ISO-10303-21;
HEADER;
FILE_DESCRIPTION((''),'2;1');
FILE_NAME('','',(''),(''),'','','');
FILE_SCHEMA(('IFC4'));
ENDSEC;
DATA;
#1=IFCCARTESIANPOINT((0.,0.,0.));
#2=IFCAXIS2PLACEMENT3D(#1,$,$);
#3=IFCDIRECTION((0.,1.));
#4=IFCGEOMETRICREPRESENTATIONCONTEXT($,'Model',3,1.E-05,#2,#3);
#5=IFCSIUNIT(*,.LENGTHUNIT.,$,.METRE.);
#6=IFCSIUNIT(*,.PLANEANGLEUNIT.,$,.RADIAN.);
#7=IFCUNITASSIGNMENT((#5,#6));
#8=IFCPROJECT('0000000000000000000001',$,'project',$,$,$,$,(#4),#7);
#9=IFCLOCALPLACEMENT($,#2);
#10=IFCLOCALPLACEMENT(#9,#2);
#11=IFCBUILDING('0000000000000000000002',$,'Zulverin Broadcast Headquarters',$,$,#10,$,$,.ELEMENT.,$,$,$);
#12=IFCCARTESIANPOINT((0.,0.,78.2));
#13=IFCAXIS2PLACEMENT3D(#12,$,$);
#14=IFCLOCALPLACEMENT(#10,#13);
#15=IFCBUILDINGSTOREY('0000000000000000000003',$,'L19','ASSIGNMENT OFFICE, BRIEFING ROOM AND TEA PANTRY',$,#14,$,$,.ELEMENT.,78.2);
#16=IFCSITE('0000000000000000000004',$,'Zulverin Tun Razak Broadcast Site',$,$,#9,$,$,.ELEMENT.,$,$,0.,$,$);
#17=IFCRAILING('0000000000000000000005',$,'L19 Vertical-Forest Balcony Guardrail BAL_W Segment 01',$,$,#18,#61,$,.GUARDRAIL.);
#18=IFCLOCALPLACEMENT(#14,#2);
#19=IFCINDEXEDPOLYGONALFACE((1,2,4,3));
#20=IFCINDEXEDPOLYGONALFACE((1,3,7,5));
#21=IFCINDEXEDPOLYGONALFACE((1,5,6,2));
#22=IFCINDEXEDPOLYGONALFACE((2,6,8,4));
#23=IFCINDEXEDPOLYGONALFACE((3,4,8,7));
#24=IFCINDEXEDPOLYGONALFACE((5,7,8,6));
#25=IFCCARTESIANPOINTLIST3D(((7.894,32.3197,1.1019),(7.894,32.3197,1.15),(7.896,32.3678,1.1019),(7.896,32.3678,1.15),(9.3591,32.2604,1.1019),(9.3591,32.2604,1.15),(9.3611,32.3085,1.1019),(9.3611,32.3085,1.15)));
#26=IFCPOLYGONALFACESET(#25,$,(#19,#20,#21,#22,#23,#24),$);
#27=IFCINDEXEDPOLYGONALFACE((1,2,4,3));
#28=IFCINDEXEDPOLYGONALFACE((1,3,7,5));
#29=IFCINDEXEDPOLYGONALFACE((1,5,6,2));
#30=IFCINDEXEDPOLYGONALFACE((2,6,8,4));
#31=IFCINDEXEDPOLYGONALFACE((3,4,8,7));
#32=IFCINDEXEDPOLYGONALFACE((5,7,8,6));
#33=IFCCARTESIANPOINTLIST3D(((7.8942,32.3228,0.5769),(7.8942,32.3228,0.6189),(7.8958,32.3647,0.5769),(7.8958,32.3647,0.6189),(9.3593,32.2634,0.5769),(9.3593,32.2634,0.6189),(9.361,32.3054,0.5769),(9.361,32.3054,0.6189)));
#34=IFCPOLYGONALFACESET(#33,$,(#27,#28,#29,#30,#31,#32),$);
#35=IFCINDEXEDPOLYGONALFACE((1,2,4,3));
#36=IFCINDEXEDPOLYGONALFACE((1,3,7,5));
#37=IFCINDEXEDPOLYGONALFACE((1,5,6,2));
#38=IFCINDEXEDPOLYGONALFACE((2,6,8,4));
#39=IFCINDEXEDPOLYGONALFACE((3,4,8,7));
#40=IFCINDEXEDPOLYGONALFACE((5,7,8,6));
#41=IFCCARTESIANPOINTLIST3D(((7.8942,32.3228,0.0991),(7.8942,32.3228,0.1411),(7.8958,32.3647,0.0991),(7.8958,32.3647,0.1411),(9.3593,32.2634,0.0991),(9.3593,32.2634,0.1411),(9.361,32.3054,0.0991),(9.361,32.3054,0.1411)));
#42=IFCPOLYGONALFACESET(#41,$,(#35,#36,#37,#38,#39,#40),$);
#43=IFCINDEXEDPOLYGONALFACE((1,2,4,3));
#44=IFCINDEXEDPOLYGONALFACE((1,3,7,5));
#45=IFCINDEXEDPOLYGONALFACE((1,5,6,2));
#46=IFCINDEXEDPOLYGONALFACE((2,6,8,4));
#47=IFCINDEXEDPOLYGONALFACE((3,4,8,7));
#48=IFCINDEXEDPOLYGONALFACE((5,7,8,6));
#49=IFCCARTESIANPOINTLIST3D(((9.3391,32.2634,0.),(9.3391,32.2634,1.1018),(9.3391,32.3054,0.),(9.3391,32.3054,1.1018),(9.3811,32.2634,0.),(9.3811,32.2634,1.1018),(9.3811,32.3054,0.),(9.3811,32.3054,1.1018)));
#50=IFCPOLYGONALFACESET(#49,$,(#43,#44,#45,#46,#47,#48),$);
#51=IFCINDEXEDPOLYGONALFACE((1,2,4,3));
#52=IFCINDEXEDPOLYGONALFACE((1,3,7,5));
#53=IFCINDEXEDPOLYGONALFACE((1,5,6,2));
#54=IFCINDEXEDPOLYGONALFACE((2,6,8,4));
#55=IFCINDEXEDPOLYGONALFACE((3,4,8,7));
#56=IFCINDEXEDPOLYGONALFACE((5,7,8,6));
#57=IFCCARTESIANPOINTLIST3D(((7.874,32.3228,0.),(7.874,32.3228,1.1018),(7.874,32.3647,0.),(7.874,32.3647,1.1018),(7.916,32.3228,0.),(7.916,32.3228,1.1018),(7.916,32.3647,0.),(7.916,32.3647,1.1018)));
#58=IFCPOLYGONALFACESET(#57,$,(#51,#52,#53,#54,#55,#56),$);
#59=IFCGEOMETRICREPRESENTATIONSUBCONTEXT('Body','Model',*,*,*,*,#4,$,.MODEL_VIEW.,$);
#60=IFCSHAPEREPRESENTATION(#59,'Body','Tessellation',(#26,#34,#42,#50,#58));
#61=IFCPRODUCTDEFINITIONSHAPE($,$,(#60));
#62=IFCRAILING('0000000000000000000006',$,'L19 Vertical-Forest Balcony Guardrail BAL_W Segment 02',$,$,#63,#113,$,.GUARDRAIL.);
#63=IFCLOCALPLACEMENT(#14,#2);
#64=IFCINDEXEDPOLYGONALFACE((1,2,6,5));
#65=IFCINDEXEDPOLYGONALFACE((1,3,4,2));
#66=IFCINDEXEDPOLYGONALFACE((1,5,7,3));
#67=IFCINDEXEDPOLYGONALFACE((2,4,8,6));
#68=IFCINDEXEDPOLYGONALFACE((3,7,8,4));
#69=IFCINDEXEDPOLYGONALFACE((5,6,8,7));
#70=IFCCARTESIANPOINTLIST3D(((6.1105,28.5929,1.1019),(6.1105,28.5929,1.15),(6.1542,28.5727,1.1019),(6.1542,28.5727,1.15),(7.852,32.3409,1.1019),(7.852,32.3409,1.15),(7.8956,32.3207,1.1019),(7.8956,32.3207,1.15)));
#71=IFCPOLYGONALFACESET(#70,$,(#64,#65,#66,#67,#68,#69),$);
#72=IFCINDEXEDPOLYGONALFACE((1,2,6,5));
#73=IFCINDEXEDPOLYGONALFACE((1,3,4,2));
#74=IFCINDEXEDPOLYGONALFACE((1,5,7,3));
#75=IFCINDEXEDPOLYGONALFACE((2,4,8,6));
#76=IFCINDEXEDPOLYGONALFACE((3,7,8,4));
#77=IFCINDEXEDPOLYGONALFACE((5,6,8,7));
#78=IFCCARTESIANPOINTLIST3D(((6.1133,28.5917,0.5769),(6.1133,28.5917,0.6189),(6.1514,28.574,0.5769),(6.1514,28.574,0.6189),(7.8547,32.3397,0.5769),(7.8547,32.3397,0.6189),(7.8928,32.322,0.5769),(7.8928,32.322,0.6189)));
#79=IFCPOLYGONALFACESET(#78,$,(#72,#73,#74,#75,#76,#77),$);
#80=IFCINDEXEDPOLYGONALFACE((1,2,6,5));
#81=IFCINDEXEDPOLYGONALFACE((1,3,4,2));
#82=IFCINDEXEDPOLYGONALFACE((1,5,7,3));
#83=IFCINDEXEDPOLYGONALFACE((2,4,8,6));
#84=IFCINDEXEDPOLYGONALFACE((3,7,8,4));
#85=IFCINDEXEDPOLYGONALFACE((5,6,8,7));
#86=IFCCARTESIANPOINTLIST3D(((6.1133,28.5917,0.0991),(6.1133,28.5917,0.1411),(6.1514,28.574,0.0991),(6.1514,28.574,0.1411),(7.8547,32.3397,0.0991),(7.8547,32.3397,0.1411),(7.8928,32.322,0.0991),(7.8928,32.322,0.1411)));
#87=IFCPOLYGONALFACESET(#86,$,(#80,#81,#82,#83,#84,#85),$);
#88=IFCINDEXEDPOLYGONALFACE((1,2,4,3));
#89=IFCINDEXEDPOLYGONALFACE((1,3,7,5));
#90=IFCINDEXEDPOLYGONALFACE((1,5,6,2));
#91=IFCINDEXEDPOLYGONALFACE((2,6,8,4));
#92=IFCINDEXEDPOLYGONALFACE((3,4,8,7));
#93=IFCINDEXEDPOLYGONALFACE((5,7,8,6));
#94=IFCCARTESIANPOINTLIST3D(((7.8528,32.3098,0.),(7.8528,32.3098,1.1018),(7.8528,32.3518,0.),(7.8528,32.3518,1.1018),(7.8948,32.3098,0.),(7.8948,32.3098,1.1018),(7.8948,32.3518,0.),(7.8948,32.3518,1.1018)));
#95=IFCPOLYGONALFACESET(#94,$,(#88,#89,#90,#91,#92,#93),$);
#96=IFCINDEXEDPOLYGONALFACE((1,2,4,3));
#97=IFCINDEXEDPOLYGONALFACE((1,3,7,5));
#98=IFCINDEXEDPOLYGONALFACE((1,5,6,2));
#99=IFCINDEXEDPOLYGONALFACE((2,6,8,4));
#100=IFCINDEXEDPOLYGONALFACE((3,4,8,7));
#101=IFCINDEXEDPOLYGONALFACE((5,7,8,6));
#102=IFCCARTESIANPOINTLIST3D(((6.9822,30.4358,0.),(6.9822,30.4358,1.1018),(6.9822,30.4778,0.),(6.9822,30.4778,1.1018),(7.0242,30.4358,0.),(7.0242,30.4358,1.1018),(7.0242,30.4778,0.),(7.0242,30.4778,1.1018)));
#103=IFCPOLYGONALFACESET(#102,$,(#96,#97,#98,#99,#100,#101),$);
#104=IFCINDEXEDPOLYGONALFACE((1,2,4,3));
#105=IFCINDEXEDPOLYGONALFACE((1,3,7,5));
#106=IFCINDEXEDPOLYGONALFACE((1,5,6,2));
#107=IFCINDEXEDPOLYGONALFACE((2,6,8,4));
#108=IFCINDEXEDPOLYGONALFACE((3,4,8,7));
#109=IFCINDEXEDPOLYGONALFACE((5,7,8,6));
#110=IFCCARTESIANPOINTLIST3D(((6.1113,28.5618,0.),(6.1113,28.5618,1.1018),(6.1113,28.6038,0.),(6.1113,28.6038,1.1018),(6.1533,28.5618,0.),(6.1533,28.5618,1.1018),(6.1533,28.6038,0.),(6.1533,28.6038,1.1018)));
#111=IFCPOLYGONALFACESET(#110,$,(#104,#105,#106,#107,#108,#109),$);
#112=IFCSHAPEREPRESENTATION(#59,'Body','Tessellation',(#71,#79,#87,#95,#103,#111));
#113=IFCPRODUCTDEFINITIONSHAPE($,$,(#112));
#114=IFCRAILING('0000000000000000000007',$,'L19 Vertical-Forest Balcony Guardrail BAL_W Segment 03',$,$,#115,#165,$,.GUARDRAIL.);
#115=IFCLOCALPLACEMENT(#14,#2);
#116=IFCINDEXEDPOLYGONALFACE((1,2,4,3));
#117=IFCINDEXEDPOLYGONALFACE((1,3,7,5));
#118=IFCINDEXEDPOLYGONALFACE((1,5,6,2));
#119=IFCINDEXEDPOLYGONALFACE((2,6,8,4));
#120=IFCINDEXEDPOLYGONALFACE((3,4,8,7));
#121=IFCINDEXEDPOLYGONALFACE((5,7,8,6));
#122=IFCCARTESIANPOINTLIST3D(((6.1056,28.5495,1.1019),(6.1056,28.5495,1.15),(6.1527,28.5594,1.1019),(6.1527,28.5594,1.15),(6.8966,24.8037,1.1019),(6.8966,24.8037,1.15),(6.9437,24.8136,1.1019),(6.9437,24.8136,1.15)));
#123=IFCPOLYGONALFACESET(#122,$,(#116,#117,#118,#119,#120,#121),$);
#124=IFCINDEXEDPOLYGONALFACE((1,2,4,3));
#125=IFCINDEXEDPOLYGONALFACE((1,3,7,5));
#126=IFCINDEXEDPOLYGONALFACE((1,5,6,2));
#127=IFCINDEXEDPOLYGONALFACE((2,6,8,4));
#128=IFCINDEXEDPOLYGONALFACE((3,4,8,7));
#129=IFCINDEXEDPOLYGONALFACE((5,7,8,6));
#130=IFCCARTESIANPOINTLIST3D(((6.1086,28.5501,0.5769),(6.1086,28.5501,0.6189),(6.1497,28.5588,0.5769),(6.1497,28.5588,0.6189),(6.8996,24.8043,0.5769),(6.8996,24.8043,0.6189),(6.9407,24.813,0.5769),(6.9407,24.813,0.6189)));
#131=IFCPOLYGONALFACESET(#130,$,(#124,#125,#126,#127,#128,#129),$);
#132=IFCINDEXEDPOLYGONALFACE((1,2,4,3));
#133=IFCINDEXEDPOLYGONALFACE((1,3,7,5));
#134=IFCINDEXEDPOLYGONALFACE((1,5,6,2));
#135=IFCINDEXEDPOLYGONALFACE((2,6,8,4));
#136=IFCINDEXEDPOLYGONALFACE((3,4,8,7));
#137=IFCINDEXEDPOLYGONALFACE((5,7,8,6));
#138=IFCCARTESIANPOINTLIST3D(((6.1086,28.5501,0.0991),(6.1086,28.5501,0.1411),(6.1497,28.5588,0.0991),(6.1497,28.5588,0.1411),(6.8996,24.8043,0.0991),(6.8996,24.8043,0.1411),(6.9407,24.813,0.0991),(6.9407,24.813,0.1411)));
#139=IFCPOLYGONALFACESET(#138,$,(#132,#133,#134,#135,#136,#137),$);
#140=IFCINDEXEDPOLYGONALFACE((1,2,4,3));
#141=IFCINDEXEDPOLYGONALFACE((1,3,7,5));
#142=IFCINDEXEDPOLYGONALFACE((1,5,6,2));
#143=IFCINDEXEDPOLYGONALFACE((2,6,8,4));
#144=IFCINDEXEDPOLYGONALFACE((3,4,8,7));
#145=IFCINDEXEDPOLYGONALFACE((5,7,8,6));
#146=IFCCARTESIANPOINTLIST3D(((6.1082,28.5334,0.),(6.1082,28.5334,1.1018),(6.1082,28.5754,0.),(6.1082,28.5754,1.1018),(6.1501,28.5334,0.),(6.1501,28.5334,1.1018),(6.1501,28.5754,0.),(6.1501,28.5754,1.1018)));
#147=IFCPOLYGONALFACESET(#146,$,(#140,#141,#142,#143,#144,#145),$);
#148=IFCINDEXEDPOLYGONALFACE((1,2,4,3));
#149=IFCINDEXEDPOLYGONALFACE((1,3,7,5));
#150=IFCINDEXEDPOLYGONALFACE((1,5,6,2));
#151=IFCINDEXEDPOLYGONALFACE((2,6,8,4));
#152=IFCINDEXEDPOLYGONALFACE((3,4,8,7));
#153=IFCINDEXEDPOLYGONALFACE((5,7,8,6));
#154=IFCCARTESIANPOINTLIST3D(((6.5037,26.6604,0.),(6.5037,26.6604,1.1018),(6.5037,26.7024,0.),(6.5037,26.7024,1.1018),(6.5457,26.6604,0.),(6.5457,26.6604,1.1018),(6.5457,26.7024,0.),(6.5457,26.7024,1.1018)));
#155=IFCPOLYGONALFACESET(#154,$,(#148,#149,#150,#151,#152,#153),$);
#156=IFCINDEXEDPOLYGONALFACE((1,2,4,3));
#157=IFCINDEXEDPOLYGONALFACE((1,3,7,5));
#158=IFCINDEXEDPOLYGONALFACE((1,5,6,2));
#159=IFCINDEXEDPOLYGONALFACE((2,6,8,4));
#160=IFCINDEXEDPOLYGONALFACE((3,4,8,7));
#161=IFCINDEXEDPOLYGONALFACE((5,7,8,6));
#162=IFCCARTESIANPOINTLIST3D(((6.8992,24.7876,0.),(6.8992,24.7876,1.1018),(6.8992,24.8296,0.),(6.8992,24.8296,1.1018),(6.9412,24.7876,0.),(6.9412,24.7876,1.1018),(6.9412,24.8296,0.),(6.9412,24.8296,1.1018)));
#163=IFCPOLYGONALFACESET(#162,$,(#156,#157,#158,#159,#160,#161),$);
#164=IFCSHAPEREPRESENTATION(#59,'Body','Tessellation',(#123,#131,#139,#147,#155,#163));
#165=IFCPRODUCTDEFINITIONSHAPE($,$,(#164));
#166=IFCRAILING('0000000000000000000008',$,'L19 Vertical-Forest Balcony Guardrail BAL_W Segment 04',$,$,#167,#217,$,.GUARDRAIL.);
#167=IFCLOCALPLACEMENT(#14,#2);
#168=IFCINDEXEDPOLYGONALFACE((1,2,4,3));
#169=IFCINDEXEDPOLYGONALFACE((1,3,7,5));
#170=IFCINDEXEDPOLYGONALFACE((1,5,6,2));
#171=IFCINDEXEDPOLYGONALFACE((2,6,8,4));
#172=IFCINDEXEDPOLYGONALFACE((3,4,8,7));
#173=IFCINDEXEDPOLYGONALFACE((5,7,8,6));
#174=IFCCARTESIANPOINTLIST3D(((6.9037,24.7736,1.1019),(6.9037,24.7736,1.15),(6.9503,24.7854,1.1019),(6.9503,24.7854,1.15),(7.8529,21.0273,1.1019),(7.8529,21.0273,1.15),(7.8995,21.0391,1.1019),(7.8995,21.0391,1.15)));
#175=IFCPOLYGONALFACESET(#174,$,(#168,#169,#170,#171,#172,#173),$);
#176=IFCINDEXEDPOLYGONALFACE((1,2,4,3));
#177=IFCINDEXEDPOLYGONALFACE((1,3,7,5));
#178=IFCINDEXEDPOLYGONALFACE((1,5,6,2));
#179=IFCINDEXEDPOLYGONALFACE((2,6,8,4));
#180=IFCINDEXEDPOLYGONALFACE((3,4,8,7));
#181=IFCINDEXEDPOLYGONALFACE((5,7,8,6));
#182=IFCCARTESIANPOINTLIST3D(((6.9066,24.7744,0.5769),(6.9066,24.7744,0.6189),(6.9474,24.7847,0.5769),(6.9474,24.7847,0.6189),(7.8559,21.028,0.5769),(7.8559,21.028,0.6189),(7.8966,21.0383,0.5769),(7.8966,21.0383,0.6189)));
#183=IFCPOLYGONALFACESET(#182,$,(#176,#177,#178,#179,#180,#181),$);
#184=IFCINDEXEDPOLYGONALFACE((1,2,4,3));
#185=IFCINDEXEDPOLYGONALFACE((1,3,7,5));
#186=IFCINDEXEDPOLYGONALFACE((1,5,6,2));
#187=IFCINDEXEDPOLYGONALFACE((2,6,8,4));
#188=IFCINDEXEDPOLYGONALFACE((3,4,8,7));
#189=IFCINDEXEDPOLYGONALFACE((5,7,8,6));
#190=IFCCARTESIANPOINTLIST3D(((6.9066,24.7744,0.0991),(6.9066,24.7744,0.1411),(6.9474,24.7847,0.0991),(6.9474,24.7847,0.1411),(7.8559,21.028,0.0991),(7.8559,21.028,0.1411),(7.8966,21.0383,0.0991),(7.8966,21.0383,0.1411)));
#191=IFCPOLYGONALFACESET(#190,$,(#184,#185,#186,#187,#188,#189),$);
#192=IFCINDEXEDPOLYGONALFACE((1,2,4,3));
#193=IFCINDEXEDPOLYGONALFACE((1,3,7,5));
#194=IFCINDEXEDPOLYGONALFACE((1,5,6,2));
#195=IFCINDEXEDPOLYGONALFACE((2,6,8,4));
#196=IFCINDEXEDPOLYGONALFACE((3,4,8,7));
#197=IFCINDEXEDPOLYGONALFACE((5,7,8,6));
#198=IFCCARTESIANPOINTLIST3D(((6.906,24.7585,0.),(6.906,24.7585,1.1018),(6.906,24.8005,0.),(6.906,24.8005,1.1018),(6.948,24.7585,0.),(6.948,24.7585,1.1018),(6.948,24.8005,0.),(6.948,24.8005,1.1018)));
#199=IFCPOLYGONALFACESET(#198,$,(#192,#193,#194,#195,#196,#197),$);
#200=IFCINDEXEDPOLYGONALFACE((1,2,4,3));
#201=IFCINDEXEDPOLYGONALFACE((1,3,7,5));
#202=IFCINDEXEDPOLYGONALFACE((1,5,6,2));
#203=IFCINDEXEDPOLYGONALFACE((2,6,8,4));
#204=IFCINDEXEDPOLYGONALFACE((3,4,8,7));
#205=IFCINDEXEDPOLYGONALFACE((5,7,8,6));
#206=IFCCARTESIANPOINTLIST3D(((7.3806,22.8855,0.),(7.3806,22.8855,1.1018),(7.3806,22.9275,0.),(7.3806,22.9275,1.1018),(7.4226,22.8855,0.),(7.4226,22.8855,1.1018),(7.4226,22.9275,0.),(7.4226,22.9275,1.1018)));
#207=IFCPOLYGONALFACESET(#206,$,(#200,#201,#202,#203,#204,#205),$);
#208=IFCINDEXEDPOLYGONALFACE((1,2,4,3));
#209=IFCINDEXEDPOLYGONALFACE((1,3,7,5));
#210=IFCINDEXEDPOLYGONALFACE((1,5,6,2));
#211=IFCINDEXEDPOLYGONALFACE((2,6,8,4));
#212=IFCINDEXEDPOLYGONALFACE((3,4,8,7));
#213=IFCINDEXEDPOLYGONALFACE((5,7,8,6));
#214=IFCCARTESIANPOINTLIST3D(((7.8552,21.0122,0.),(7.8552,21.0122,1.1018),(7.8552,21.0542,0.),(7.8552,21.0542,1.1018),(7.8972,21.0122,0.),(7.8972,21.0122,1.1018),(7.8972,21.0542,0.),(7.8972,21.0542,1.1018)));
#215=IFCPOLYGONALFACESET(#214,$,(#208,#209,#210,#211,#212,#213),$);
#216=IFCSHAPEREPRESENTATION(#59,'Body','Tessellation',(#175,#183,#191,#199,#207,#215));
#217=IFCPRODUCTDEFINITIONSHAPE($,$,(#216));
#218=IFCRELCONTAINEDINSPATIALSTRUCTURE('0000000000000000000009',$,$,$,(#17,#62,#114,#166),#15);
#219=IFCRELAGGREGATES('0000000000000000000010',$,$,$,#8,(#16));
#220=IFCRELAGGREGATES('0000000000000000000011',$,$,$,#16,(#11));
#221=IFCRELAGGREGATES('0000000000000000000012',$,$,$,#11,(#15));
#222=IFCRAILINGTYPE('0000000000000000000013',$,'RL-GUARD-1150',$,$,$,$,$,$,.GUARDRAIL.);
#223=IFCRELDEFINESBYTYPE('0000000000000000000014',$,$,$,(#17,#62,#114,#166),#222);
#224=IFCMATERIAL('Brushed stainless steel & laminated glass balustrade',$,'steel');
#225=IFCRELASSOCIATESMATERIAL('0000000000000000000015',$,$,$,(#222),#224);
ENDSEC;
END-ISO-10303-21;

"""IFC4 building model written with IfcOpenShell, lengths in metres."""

from ifc_helpers import new_model, si_unit, direction, frame, origin, origin_2d, place, context, subcontext, project, spatial, rectangle, extrude, material, type_object, element, save


model = new_model("IFC4")

# Units and contexts
model_context = context("Model", 3, precision=1e-05, world=origin(), true_north=direction((0.0, 1.0)))
body_context = subcontext(model_context, "Body", "Model", "MODEL_VIEW")
ifc_project = project(units=[si_unit("LENGTHUNIT", "METRE"), si_unit("PLANEANGLEUNIT", "RADIAN")], contexts=[model_context])

# Site, building, storey
site_placement = place(None, origin())
site = spatial("IfcSite", under=ifc_project, at=site_placement, Name="Zulverin Tun Razak Broadcast Site", CompositionType="ELEMENT", RefElevation=0.0)
building_placement = place(site_placement, origin())
building = spatial("IfcBuilding", under=site, at=building_placement, Name="Zulverin Broadcast Headquarters", CompositionType="ELEMENT")
storey_placement = place(building_placement, frame((0.0, 0.0, 78.2)))
storey = spatial("IfcBuildingStorey", under=building, at=storey_placement, Name="L19", Description="ASSIGNMENT OFFICE, BRIEFING ROOM AND TEA PANTRY", CompositionType="ELEMENT", Elevation=78.2)

# Railings
ifc_material_1 = material(Name="Brushed stainless steel & laminated glass balustrade", Category="steel")
railing_type = type_object("IfcRailingType", Name="RL-GUARD-1150", PredefinedType="GUARDRAIL", material=ifc_material_1)
railing_1_placement = place(storey_placement, frame((9.3601, 32.2844, 0.0)))
element("IfcRailing", 1, at=railing_1_placement, inside=storey, type_object=railing_type, Name="L19 Vertical-Forest Balcony Guardrail BAL_W Segment 01", PredefinedType="GUARDRAIL", context=body_context, shape_type="SweptSolid", body=[
    extrude(rectangle(XDim=0.0481, YDim=0.0481, at=origin_2d()), frame((0.0, 0.0, 1.126), z_axis=(-0.999181, 0.04046, 0.0), x_axis=(-0.04046, -0.999181, 0.0)), (0.0, 0.0, 1.0), 1.4663),
    extrude(rectangle(XDim=0.042, YDim=0.042, at=origin_2d()), frame((0.0, 0.0, 0.5979), z_axis=(-0.999181, 0.04046, 0.0), x_axis=(-0.04046, -0.999181, 0.0)), (0.0, 0.0, 1.0), 1.4663),
    extrude(rectangle(XDim=0.042, YDim=0.042, at=origin_2d()), frame((0.0, 0.0, 0.1201), z_axis=(-0.999181, 0.04046, 0.0), x_axis=(-0.04046, -0.999181, 0.0)), (0.0, 0.0, 1.0), 1.4663),
    extrude(rectangle(XDim=0.042, YDim=0.042, at=origin_2d()), origin(), (0.0, 0.0, 1.0), 1.1018),
    extrude(rectangle(XDim=0.042, YDim=0.042, at=origin_2d()), frame((-1.4651, 0.0593, 0.0)), (0.0, 0.0, 1.0), 1.1018),
])
railing_2_placement = place(storey_placement, frame((7.8738, 32.3308, 0.0)))
element("IfcRailing", 2, at=railing_2_placement, inside=storey, type_object=railing_type, Name="L19 Vertical-Forest Balcony Guardrail BAL_W Segment 02", PredefinedType="GUARDRAIL", context=body_context, shape_type="SweptSolid", body=[
    extrude(rectangle(XDim=0.0481, YDim=0.0481, at=origin_2d()), frame((0.0, 0.0, 1.126), z_axis=(-0.421368, -0.90689, 0.0), x_axis=(0.90689, -0.421368, 0.0)), (0.0, 0.0, 1.0), 4.1328),
    extrude(rectangle(XDim=0.042, YDim=0.042, at=origin_2d()), frame((0.0, 0.0, 0.5979), z_axis=(-0.421368, -0.90689, 0.0), x_axis=(0.90689, -0.421368, 0.0)), (0.0, 0.0, 1.0), 4.1328),
    extrude(rectangle(XDim=0.042, YDim=0.042, at=origin_2d()), frame((0.0, 0.0, 0.1201), z_axis=(-0.421368, -0.90689, 0.0), x_axis=(0.90689, -0.421368, 0.0)), (0.0, 0.0, 1.0), 4.1328),
    extrude(rectangle(XDim=0.042, YDim=0.042, at=origin_2d()), origin(), (0.0, 0.0, 1.0), 1.1018),
    extrude(rectangle(XDim=0.042, YDim=0.042, at=origin_2d()), frame((-0.8706, -1.874, 0.0)), (0.0, 0.0, 1.0), 1.1018),
    extrude(rectangle(XDim=0.042, YDim=0.042, at=origin_2d()), frame((-1.7415, -3.748, 0.0)), (0.0, 0.0, 1.0), 1.1018),
])
railing_3_placement = place(storey_placement, frame((6.1292, 28.5544, 0.0)))
element("IfcRailing", 3, at=railing_3_placement, inside=storey, type_object=railing_type, Name="L19 Vertical-Forest Balcony Guardrail BAL_W Segment 03", PredefinedType="GUARDRAIL", context=body_context, shape_type="SweptSolid", body=[
    extrude(rectangle(XDim=0.0481, YDim=0.0481, at=origin_2d()), frame((0.0, 0.0, 1.126), z_axis=(0.206615, -0.978422, 0.0), x_axis=(0.978422, 0.206615, 0.0)), (0.0, 0.0, 1.0), 3.8284),
    extrude(rectangle(XDim=0.042, YDim=0.042, at=origin_2d()), frame((0.0, 0.0, 0.5979), z_axis=(0.206615, -0.978422, 0.0), x_axis=(0.978422, 0.206615, 0.0)), (0.0, 0.0, 1.0), 3.8284),
    extrude(rectangle(XDim=0.042, YDim=0.042, at=origin_2d()), frame((0.0, 0.0, 0.1201), z_axis=(0.206615, -0.978422, 0.0), x_axis=(0.978422, 0.206615, 0.0)), (0.0, 0.0, 1.0), 3.8284),
    extrude(rectangle(XDim=0.042, YDim=0.042, at=origin_2d()), origin(), (0.0, 0.0, 1.0), 1.1018),
    extrude(rectangle(XDim=0.042, YDim=0.042, at=origin_2d()), frame((0.3955, -1.873, 0.0)), (0.0, 0.0, 1.0), 1.1018),
    extrude(rectangle(XDim=0.042, YDim=0.042, at=origin_2d()), frame((0.791, -3.7458, 0.0)), (0.0, 0.0, 1.0), 1.1018),
])
railing_4_placement = place(storey_placement, frame((6.927, 24.7795, 0.0)))
element("IfcRailing", 4, at=railing_4_placement, inside=storey, type_object=railing_type, Name="L19 Vertical-Forest Balcony Guardrail BAL_W Segment 04", PredefinedType="GUARDRAIL", context=body_context, shape_type="SweptSolid", body=[
    extrude(rectangle(XDim=0.0481, YDim=0.0481, at=origin_2d()), frame((0.0, 0.0, 1.126), z_axis=(0.245611, -0.969368, 0.0), x_axis=(0.969368, 0.245611, 0.0)), (0.0, 0.0, 1.0), 3.8647),
    extrude(rectangle(XDim=0.042, YDim=0.042, at=origin_2d()), frame((0.0, 0.0, 0.5979), z_axis=(0.245611, -0.969368, 0.0), x_axis=(0.969368, 0.245611, 0.0)), (0.0, 0.0, 1.0), 3.8647),
    extrude(rectangle(XDim=0.042, YDim=0.042, at=origin_2d()), frame((0.0, 0.0, 0.1201), z_axis=(0.245611, -0.969368, 0.0), x_axis=(0.969368, 0.245611, 0.0)), (0.0, 0.0, 1.0), 3.8647),
    extrude(rectangle(XDim=0.042, YDim=0.042, at=origin_2d()), origin(), (0.0, 0.0, 1.0), 1.1018),
    extrude(rectangle(XDim=0.042, YDim=0.042, at=origin_2d()), frame((0.4746, -1.873, 0.0)), (0.0, 0.0, 1.0), 1.1018),
    extrude(rectangle(XDim=0.042, YDim=0.042, at=origin_2d()), frame((0.9492, -3.7463, 0.0)), (0.0, 0.0, 1.0), 1.1018),
])

save(model, "model.ifc")
